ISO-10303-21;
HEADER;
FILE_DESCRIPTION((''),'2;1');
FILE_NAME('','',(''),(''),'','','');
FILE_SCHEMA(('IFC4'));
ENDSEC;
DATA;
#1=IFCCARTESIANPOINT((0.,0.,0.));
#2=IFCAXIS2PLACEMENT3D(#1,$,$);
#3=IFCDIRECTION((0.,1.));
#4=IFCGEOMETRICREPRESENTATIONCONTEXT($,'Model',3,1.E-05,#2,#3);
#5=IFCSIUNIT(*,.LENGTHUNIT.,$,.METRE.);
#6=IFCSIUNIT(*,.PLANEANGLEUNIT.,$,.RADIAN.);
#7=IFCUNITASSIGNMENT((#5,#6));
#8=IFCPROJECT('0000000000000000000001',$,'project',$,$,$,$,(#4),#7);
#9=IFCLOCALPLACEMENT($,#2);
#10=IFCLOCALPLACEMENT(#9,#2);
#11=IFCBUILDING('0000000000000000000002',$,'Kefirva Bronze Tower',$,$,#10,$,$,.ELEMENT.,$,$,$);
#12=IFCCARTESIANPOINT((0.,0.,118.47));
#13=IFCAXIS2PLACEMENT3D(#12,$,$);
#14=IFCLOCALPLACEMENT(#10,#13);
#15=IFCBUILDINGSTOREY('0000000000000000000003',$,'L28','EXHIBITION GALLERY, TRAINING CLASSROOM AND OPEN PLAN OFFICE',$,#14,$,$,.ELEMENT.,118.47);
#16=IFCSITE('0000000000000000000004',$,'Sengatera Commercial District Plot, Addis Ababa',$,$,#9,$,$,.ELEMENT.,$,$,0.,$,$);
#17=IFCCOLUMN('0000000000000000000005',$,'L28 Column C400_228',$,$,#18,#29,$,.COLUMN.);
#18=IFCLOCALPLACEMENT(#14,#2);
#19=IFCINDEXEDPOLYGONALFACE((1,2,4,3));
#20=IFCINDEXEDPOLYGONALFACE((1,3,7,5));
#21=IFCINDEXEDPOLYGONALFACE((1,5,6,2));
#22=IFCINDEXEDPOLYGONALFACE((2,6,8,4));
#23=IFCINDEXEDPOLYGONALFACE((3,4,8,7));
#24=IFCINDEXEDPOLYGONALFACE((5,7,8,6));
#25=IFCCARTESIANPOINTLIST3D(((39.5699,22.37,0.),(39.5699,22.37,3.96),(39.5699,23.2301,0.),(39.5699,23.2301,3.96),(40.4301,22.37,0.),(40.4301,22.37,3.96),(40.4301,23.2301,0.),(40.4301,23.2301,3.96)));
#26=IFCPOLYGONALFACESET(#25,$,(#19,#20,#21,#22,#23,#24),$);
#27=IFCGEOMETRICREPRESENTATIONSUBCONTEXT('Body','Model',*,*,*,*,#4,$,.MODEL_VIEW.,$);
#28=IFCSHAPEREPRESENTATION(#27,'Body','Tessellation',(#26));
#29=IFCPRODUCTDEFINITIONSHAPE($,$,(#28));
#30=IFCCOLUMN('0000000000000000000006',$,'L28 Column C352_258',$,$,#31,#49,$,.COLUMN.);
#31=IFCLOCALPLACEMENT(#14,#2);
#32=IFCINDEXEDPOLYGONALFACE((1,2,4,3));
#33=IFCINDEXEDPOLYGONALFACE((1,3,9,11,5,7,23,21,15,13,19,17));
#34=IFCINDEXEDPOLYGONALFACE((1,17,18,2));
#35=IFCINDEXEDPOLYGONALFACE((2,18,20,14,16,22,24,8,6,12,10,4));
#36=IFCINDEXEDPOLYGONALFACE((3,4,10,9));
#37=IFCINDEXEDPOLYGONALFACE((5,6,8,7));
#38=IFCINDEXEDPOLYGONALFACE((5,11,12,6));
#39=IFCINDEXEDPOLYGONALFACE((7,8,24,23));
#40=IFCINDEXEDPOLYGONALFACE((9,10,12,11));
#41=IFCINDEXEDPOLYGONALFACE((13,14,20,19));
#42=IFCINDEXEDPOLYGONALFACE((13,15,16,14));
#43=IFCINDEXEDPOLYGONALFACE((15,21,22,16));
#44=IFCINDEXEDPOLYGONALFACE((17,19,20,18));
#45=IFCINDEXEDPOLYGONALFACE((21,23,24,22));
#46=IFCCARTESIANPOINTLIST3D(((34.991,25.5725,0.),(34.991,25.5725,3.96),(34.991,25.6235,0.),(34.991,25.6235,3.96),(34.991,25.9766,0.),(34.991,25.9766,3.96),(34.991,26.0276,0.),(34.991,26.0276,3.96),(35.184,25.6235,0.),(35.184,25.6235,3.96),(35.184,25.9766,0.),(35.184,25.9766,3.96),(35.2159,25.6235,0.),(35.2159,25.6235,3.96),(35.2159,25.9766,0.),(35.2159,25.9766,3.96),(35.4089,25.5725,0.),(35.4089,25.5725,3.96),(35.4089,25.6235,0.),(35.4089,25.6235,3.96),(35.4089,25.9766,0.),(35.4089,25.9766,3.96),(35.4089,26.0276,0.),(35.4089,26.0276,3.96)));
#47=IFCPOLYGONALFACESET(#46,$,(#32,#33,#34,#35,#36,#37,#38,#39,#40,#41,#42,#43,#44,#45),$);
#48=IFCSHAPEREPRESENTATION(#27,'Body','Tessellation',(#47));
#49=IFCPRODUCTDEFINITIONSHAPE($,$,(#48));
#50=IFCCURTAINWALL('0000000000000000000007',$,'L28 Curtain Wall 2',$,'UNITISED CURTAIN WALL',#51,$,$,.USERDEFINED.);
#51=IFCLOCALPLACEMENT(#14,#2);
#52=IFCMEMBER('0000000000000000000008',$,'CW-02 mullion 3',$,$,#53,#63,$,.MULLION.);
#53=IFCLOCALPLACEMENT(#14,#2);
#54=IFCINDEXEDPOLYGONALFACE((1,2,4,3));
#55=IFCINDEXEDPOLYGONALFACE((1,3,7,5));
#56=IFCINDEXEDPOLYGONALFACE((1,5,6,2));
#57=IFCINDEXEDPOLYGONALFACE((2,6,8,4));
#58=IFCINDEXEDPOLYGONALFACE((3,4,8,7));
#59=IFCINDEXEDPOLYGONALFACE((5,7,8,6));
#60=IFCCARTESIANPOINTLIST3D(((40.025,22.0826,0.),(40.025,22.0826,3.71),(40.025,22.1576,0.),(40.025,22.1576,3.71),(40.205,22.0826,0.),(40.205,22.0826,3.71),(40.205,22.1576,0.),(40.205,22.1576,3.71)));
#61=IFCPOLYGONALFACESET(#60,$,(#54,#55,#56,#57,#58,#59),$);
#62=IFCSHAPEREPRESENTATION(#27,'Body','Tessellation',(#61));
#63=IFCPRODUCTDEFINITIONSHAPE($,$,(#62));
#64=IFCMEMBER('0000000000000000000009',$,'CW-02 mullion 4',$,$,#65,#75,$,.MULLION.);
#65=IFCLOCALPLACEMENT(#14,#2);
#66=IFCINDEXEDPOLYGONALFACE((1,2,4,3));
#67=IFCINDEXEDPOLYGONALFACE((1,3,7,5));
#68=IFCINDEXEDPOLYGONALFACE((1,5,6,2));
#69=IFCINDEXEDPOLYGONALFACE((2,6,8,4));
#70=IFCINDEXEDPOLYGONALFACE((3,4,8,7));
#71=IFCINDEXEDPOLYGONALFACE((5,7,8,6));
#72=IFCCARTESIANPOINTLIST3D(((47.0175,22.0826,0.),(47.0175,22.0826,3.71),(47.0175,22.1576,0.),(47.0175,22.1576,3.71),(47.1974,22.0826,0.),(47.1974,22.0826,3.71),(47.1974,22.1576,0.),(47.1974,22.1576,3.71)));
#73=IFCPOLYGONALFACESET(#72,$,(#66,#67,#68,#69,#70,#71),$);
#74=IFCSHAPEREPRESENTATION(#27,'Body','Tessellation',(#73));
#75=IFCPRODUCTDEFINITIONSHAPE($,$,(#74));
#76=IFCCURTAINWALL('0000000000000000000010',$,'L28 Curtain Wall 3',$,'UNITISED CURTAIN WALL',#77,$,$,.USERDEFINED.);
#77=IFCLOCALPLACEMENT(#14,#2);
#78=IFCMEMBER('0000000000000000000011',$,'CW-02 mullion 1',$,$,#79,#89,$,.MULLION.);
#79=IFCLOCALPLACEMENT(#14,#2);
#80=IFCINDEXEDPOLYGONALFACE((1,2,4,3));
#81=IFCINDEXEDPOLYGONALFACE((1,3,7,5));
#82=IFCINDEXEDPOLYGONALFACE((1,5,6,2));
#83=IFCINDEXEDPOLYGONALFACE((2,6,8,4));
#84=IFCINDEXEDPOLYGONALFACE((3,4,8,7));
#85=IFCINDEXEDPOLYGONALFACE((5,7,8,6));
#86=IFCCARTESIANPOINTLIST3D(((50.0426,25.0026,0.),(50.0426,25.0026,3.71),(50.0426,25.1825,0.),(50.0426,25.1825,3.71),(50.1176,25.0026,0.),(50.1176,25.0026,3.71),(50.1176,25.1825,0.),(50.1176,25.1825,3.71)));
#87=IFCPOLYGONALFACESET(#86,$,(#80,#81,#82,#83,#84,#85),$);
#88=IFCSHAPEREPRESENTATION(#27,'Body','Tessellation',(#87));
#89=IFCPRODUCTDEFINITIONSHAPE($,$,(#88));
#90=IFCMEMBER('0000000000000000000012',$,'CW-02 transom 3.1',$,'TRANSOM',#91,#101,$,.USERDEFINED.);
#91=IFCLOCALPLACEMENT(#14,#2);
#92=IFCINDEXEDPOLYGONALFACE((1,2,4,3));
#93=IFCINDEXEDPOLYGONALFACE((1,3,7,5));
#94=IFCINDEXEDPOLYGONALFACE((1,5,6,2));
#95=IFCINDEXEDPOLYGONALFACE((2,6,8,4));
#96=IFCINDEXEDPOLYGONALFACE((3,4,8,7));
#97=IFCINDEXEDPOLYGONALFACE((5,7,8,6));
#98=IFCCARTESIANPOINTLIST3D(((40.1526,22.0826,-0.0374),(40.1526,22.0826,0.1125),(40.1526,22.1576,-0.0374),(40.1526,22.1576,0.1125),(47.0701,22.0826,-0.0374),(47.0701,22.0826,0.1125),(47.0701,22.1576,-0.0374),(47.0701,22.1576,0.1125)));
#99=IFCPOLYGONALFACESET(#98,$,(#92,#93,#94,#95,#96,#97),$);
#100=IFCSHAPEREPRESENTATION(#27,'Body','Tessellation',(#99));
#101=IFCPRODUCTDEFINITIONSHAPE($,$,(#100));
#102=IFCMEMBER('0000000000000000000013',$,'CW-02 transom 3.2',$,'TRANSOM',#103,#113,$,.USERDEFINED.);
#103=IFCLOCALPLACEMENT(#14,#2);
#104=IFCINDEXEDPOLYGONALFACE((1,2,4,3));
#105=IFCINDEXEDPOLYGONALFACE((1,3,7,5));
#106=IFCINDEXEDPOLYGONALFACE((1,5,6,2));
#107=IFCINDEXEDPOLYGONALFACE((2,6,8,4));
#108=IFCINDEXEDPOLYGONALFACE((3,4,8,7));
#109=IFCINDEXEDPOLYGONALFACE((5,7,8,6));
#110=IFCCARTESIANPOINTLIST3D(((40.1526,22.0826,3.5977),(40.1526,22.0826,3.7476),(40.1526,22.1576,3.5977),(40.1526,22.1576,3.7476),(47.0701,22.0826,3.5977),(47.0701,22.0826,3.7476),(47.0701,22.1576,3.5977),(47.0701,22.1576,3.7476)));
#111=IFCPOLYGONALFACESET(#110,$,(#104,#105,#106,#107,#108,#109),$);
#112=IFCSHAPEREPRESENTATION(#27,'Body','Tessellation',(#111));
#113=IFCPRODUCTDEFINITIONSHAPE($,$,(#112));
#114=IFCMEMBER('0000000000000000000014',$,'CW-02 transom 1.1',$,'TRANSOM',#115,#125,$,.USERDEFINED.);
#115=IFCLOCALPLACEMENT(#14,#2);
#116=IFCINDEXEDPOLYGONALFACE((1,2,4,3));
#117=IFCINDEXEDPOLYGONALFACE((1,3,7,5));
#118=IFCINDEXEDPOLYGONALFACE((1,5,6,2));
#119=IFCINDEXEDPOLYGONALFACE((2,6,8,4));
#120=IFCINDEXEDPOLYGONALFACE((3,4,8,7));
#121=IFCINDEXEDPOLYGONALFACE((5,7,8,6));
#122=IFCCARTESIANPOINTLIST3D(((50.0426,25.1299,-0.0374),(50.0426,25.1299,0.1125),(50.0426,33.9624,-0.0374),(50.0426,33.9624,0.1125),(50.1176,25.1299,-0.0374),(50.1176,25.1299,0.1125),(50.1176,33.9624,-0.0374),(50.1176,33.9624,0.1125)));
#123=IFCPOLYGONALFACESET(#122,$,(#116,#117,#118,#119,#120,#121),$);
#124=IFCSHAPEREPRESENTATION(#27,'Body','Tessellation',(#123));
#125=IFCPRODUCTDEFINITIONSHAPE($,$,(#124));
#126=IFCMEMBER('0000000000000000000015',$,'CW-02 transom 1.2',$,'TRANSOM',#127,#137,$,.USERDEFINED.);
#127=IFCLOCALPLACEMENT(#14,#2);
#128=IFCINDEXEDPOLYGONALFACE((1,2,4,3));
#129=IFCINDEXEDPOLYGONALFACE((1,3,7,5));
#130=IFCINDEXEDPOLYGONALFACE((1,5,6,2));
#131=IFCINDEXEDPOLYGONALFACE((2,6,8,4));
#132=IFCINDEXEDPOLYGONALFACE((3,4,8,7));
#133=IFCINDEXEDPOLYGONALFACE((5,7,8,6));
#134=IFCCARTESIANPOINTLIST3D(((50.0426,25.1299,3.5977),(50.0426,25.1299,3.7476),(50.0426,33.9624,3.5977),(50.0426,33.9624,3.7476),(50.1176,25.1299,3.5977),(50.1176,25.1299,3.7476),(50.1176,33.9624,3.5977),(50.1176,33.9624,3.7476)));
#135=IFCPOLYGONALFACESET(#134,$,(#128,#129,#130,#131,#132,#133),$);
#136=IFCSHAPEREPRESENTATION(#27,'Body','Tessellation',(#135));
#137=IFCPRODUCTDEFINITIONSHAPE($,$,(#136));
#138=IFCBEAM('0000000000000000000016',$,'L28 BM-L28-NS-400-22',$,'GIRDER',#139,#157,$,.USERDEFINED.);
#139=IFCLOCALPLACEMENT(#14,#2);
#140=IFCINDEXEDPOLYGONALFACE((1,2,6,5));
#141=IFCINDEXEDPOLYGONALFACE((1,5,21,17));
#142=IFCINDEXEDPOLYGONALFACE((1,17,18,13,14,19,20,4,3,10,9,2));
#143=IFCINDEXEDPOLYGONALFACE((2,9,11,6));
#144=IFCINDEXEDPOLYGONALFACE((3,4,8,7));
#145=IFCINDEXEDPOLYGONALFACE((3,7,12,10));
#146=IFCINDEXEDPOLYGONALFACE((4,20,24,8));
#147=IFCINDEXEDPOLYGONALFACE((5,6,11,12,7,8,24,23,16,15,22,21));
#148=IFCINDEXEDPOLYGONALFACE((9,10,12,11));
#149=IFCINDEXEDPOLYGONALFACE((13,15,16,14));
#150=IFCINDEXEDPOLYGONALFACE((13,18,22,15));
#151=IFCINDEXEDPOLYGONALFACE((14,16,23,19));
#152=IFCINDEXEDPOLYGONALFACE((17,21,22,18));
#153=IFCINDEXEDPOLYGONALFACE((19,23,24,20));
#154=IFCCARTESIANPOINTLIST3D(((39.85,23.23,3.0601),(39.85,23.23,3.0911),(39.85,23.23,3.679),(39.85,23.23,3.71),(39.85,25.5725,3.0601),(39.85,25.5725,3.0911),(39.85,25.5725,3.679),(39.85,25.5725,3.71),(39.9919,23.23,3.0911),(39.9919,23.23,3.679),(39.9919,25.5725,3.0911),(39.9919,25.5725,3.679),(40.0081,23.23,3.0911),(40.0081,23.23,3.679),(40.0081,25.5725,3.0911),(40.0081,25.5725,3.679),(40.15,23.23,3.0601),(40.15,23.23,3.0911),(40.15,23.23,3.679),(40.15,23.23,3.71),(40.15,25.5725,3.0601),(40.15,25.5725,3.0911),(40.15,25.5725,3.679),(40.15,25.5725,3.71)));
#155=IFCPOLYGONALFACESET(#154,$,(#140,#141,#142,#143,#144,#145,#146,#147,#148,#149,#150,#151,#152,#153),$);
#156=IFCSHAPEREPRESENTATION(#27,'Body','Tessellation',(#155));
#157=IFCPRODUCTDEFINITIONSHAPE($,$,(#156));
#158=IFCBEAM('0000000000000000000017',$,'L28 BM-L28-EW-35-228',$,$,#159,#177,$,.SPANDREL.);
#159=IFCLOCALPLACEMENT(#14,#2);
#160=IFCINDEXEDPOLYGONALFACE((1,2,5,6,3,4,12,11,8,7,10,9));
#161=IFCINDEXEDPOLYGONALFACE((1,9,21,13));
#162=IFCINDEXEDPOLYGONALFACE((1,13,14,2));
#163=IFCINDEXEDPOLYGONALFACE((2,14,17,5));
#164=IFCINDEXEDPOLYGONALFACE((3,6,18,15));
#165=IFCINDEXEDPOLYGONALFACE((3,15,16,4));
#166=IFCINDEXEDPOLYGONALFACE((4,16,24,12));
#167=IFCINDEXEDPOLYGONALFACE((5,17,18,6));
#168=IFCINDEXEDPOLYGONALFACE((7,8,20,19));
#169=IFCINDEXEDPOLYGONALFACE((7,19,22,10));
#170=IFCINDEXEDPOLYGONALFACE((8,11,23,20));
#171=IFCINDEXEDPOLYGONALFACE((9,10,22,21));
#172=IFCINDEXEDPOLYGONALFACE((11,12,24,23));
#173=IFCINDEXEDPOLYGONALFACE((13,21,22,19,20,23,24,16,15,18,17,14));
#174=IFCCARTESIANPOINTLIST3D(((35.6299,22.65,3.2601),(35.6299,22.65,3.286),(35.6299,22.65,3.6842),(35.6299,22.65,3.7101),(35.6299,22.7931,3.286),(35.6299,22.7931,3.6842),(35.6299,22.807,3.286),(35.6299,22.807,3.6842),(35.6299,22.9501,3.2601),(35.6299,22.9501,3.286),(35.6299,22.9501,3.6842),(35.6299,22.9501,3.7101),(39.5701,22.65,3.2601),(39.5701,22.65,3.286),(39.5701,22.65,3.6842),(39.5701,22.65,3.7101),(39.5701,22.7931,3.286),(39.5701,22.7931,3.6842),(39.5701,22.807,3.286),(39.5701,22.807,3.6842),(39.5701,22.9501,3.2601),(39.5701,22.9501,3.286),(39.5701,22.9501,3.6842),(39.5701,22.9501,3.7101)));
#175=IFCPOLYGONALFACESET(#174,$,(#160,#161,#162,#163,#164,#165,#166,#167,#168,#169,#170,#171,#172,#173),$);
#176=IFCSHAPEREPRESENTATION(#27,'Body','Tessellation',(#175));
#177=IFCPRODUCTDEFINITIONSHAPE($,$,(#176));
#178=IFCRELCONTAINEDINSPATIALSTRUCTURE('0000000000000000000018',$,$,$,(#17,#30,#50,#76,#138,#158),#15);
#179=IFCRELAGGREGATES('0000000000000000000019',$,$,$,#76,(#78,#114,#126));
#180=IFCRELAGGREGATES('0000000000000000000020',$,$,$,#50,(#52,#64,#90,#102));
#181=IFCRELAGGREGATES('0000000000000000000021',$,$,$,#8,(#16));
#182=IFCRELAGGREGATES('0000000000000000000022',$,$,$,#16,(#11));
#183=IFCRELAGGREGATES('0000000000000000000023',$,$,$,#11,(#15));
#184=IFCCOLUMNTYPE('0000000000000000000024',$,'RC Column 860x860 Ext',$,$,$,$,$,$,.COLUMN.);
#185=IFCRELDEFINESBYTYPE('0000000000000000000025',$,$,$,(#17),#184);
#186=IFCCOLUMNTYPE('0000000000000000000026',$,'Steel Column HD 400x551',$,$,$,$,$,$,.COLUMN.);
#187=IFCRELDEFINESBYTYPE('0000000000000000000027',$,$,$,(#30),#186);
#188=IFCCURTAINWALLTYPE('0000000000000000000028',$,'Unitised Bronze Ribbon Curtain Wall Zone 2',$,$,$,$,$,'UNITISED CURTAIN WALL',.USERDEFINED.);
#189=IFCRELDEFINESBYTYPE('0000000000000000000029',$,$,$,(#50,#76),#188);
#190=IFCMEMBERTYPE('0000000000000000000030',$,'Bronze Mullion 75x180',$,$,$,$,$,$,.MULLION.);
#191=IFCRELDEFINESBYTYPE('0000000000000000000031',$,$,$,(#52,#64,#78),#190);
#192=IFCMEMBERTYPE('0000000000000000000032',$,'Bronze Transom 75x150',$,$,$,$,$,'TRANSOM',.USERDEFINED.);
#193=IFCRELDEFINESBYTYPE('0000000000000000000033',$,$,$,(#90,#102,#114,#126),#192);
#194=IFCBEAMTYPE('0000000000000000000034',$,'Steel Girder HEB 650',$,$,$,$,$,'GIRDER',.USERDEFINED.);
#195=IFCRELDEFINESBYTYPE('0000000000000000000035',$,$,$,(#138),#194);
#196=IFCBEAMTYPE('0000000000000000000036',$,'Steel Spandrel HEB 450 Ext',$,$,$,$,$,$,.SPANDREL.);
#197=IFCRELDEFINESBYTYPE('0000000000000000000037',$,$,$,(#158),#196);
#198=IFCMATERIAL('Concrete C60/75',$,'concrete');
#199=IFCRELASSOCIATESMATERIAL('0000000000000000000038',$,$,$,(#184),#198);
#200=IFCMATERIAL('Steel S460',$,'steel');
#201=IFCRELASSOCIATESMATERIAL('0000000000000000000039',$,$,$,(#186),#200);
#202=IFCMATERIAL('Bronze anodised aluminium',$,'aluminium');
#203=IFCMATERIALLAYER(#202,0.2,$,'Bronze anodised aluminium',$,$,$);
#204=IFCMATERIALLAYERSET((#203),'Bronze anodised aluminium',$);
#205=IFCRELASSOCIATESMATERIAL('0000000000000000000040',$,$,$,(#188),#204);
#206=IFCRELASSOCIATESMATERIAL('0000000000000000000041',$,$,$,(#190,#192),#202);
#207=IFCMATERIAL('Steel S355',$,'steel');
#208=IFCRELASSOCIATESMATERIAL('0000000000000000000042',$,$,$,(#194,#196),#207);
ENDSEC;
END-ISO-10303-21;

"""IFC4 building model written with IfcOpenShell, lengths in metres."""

from ifc_helpers import new_model, si_unit, direction, frame, origin, origin_2d, place, context, subcontext, project, spatial, rectangle, i_section, extrude, material, layer, layer_set, material_profile, profile_set, type_object, element, aggregate, save


model = new_model("IFC4")

# Units and contexts
model_context = context("Model", 3, precision=1e-05, world=origin(), true_north=direction((0.0, 1.0)))
body_context = subcontext(model_context, "Body", "Model", "MODEL_VIEW")
ifc_project = project(units=[si_unit("LENGTHUNIT", "METRE"), si_unit("PLANEANGLEUNIT", "RADIAN")], contexts=[model_context])

# Site, building, storey
site_placement = place(None, origin())
site = spatial("IfcSite", under=ifc_project, at=site_placement, Name="Sengatera Commercial District Plot, Addis Ababa", CompositionType="ELEMENT", RefElevation=0.0)
building_placement = place(site_placement, origin())
building = spatial("IfcBuilding", under=site, at=building_placement, Name="Kefirva Bronze Tower", CompositionType="ELEMENT")
storey_placement = place(building_placement, frame((0.0, 0.0, 118.47)))
storey = spatial("IfcBuildingStorey", under=building, at=storey_placement, Name="L28", Description="EXHIBITION GALLERY, TRAINING CLASSROOM AND OPEN PLAN OFFICE", CompositionType="ELEMENT", Elevation=118.47)

# Columns
ifc_material_1 = material(Name="Concrete C60/75", Category="concrete")
ifc_material_profile_1 = material_profile(ifc_material_1, rectangle(XDim=0.8601, YDim=0.8601, at=origin_2d()), Name="RC 860x860")
ifc_profile_set_1 = profile_set([ifc_material_profile_1], Name="Concrete C60/75")
column_type_1 = type_object("IfcColumnType", Name="RC Column 860x860 Ext", PredefinedType="COLUMN", material=ifc_profile_set_1)
column_1_placement = place(storey_placement, frame((40.0, 22.8, 0.0), z_axis=(0.0, 0.0, 1.0), x_axis=(1.0, 0.0, 0.0)))
element("IfcColumn", 1, at=column_1_placement, inside=storey, type_object=column_type_1, Name="L28 Column C400_228", PredefinedType="COLUMN", context=body_context, shape_type="SweptSolid", body=[
    extrude(rectangle(XDim=0.8601, YDim=0.8601, at=origin_2d()), origin(), (0.0, 0.0, 1.0), 3.96),
])
ifc_material_2 = material(Name="Steel S460", Category="steel")
ifc_material_profile_2 = material_profile(ifc_material_2, i_section(OverallWidth=0.418, OverallDepth=0.4551, WebThickness=0.032, FlangeThickness=0.051, at=origin_2d()), Name="HD 400x551")
ifc_profile_set_2 = profile_set([ifc_material_profile_2], Name="Steel S460")
column_type_2 = type_object("IfcColumnType", Name="Steel Column HD 400x551", PredefinedType="COLUMN", material=ifc_profile_set_2)
column_2_placement = place(storey_placement, frame((35.2, 25.8, 0.0), z_axis=(0.0, 0.0, 1.0), x_axis=(1.0, 0.0, 0.0)))
element("IfcColumn", 2, at=column_2_placement, inside=storey, type_object=column_type_2, Name="L28 Column C352_258", PredefinedType="COLUMN", context=body_context, shape_type="SweptSolid", body=[
    extrude(i_section(OverallWidth=0.418, OverallDepth=0.4551, WebThickness=0.032, FlangeThickness=0.051, at=origin_2d()), origin(), (0.0, 0.0, 1.0), 3.96),
])

# Curtain wall, members
ifc_material_3 = material(Name="Bronze anodised aluminium", Category="aluminium")
ifc_layer_1 = layer(ifc_material_3, 0.2, Name="Bronze anodised aluminium")
ifc_layer_set_1 = layer_set([ifc_layer_1], Name="Bronze anodised aluminium")
curtain_wall_type = type_object("IfcCurtainWallType", Name="Unitised Bronze Ribbon Curtain Wall Zone 2", ElementType="UNITISED CURTAIN WALL", PredefinedType="USERDEFINED", material=ifc_layer_set_1)
curtain_wall_1_placement = place(storey_placement, origin())
curtain_wall_1 = element("IfcCurtainWall", 3, at=curtain_wall_1_placement, inside=storey, type_object=curtain_wall_type, Name="L28 Curtain Wall 2", ObjectType="UNITISED CURTAIN WALL", PredefinedType="USERDEFINED")
ifc_material_profile_3 = material_profile(ifc_material_3, rectangle(XDim=0.075, YDim=0.1799, at=origin_2d()), Name="ALU 75x180")
ifc_profile_set_3 = profile_set([ifc_material_profile_3], Name="Bronze anodised aluminium")
member_type_1 = type_object("IfcMemberType", Name="Bronze Mullion 75x180", PredefinedType="MULLION", material=ifc_profile_set_3)
member_1_placement = place(storey_placement, frame((40.115, 22.1201, 0.0), z_axis=(0.0, 0.0, 1.0), x_axis=(0.0, 1.0, 0.0)))
member_1 = element("IfcMember", 4, at=member_1_placement, type_object=member_type_1, Name="CW-02 mullion 3", PredefinedType="MULLION", context=body_context, shape_type="SweptSolid", body=[
    extrude(rectangle(XDim=0.075, YDim=0.1799, at=origin_2d()), origin(), (0.0, 0.0, 1.0), 3.71),
])
member_2_placement = place(storey_placement, frame((47.1074, 22.1201, 0.0), z_axis=(0.0, 0.0, 1.0), x_axis=(0.0, 1.0, 0.0)))
member_2 = element("IfcMember", 5, at=member_2_placement, type_object=member_type_1, Name="CW-02 mullion 4", PredefinedType="MULLION", context=body_context, shape_type="SweptSolid", body=[
    extrude(rectangle(XDim=0.075, YDim=0.1799, at=origin_2d()), origin(), (0.0, 0.0, 1.0), 3.71),
])

# Curtain wall, member
curtain_wall_2_placement = place(storey_placement, origin())
curtain_wall_2 = element("IfcCurtainWall", 6, at=curtain_wall_2_placement, inside=storey, type_object=curtain_wall_type, Name="L28 Curtain Wall 3", ObjectType="UNITISED CURTAIN WALL", PredefinedType="USERDEFINED")
member_3_placement = place(storey_placement, frame((50.0801, 25.0925, 0.0), z_axis=(0.0, 0.0, 1.0), x_axis=(-1.0, 0.0, 0.0)))
member_3 = element("IfcMember", 7, at=member_3_placement, type_object=member_type_1, Name="CW-02 mullion 1", PredefinedType="MULLION", context=body_context, shape_type="SweptSolid", body=[
    extrude(rectangle(XDim=0.075, YDim=0.1799, at=origin_2d()), origin(), (0.0, 0.0, 1.0), 3.71),
])

# Members
ifc_material_profile_4 = material_profile(ifc_material_3, rectangle(XDim=0.075, YDim=0.1499, at=origin_2d()), Name="ALU 75x150")
ifc_profile_set_4 = profile_set([ifc_material_profile_4], Name="Bronze anodised aluminium")
member_type_2 = type_object("IfcMemberType", Name="Bronze Transom 75x150", ElementType="TRANSOM", PredefinedType="USERDEFINED", material=ifc_profile_set_4)
member_4_placement = place(storey_placement, frame((40.1526, 22.1201, 0.0376), z_axis=(1.0, 0.0, 0.0), x_axis=(0.0, 1.0, 0.0)))
member_4 = element("IfcMember", 8, at=member_4_placement, type_object=member_type_2, Name="CW-02 transom 3.1", ObjectType="TRANSOM", PredefinedType="USERDEFINED", context=body_context, shape_type="SweptSolid", body=[
    extrude(rectangle(XDim=0.075, YDim=0.1499, at=origin_2d()), origin(), (0.0, 0.0, 1.0), 6.9175),
])
member_5_placement = place(storey_placement, frame((40.1526, 22.1201, 3.6726), z_axis=(1.0, 0.0, 0.0), x_axis=(0.0, 1.0, 0.0)))
member_5 = element("IfcMember", 9, at=member_5_placement, type_object=member_type_2, Name="CW-02 transom 3.2", ObjectType="TRANSOM", PredefinedType="USERDEFINED", context=body_context, shape_type="SweptSolid", body=[
    extrude(rectangle(XDim=0.075, YDim=0.1499, at=origin_2d()), origin(), (0.0, 0.0, 1.0), 6.9175),
])
member_6_placement = place(storey_placement, frame((50.0801, 25.1299, 0.0376), z_axis=(0.0, 1.0, 0.0), x_axis=(-1.0, 0.0, 0.0)))
member_6 = element("IfcMember", 10, at=member_6_placement, type_object=member_type_2, Name="CW-02 transom 1.1", ObjectType="TRANSOM", PredefinedType="USERDEFINED", context=body_context, shape_type="SweptSolid", body=[
    extrude(rectangle(XDim=0.075, YDim=0.1499, at=origin_2d()), origin(), (0.0, 0.0, 1.0), 8.8325),
])
member_7_placement = place(storey_placement, frame((50.0801, 25.1299, 3.6726), z_axis=(0.0, 1.0, 0.0), x_axis=(-1.0, 0.0, 0.0)))
member_7 = element("IfcMember", 11, at=member_7_placement, type_object=member_type_2, Name="CW-02 transom 1.2", ObjectType="TRANSOM", PredefinedType="USERDEFINED", context=body_context, shape_type="SweptSolid", body=[
    extrude(rectangle(XDim=0.075, YDim=0.1499, at=origin_2d()), origin(), (0.0, 0.0, 1.0), 8.8325),
])
aggregate(curtain_wall_2, [member_3, member_6, member_7])

# Beams
ifc_material_4 = material(Name="Steel S355", Category="steel")
ifc_material_profile_5 = material_profile(ifc_material_4, i_section(OverallWidth=0.3, OverallDepth=0.6499, WebThickness=0.0161, FlangeThickness=0.031, at=origin_2d()), Name="HEB 650")
ifc_profile_set_5 = profile_set([ifc_material_profile_5], Name="Steel S355")
beam_type_1 = type_object("IfcBeamType", Name="Steel Girder HEB 650", ElementType="GIRDER", PredefinedType="USERDEFINED", material=ifc_profile_set_5)
beam_1_placement = place(storey_placement, frame((40.0, 23.23, 3.385), z_axis=(0.0, 1.0, 0.0), x_axis=(-1.0, 0.0, 0.0)))
element("IfcBeam", 12, at=beam_1_placement, inside=storey, type_object=beam_type_1, Name="L28 BM-L28-NS-400-22", ObjectType="GIRDER", PredefinedType="USERDEFINED", context=body_context, shape_type="SweptSolid", body=[
    extrude(i_section(OverallWidth=0.3, OverallDepth=0.6499, WebThickness=0.0161, FlangeThickness=0.031, at=origin_2d()), origin(), (0.0, 0.0, 1.0), 2.3425),
])
ifc_material_profile_6 = material_profile(ifc_material_4, i_section(OverallWidth=0.3, OverallDepth=0.45, WebThickness=0.0139, FlangeThickness=0.0259, at=origin_2d()), Name="HEB 450")
ifc_profile_set_6 = profile_set([ifc_material_profile_6], Name="Steel S355")
beam_type_2 = type_object("IfcBeamType", Name="Steel Spandrel HEB 450 Ext", PredefinedType="SPANDREL", material=ifc_profile_set_6)
beam_2_placement = place(storey_placement, frame((35.6299, 22.8, 3.4851), z_axis=(1.0, 0.0, 0.0), x_axis=(0.0, 1.0, 0.0)))
element("IfcBeam", 13, at=beam_2_placement, inside=storey, type_object=beam_type_2, Name="L28 BM-L28-EW-35-228", PredefinedType="SPANDREL", context=body_context, shape_type="SweptSolid", body=[
    extrude(i_section(OverallWidth=0.3, OverallDepth=0.45, WebThickness=0.0139, FlangeThickness=0.0259, at=origin_2d()), origin(), (0.0, 0.0, 1.0), 3.9402),
])

aggregate(curtain_wall_1, [member_1, member_2, member_4, member_5])

save(model, "model.ifc")
